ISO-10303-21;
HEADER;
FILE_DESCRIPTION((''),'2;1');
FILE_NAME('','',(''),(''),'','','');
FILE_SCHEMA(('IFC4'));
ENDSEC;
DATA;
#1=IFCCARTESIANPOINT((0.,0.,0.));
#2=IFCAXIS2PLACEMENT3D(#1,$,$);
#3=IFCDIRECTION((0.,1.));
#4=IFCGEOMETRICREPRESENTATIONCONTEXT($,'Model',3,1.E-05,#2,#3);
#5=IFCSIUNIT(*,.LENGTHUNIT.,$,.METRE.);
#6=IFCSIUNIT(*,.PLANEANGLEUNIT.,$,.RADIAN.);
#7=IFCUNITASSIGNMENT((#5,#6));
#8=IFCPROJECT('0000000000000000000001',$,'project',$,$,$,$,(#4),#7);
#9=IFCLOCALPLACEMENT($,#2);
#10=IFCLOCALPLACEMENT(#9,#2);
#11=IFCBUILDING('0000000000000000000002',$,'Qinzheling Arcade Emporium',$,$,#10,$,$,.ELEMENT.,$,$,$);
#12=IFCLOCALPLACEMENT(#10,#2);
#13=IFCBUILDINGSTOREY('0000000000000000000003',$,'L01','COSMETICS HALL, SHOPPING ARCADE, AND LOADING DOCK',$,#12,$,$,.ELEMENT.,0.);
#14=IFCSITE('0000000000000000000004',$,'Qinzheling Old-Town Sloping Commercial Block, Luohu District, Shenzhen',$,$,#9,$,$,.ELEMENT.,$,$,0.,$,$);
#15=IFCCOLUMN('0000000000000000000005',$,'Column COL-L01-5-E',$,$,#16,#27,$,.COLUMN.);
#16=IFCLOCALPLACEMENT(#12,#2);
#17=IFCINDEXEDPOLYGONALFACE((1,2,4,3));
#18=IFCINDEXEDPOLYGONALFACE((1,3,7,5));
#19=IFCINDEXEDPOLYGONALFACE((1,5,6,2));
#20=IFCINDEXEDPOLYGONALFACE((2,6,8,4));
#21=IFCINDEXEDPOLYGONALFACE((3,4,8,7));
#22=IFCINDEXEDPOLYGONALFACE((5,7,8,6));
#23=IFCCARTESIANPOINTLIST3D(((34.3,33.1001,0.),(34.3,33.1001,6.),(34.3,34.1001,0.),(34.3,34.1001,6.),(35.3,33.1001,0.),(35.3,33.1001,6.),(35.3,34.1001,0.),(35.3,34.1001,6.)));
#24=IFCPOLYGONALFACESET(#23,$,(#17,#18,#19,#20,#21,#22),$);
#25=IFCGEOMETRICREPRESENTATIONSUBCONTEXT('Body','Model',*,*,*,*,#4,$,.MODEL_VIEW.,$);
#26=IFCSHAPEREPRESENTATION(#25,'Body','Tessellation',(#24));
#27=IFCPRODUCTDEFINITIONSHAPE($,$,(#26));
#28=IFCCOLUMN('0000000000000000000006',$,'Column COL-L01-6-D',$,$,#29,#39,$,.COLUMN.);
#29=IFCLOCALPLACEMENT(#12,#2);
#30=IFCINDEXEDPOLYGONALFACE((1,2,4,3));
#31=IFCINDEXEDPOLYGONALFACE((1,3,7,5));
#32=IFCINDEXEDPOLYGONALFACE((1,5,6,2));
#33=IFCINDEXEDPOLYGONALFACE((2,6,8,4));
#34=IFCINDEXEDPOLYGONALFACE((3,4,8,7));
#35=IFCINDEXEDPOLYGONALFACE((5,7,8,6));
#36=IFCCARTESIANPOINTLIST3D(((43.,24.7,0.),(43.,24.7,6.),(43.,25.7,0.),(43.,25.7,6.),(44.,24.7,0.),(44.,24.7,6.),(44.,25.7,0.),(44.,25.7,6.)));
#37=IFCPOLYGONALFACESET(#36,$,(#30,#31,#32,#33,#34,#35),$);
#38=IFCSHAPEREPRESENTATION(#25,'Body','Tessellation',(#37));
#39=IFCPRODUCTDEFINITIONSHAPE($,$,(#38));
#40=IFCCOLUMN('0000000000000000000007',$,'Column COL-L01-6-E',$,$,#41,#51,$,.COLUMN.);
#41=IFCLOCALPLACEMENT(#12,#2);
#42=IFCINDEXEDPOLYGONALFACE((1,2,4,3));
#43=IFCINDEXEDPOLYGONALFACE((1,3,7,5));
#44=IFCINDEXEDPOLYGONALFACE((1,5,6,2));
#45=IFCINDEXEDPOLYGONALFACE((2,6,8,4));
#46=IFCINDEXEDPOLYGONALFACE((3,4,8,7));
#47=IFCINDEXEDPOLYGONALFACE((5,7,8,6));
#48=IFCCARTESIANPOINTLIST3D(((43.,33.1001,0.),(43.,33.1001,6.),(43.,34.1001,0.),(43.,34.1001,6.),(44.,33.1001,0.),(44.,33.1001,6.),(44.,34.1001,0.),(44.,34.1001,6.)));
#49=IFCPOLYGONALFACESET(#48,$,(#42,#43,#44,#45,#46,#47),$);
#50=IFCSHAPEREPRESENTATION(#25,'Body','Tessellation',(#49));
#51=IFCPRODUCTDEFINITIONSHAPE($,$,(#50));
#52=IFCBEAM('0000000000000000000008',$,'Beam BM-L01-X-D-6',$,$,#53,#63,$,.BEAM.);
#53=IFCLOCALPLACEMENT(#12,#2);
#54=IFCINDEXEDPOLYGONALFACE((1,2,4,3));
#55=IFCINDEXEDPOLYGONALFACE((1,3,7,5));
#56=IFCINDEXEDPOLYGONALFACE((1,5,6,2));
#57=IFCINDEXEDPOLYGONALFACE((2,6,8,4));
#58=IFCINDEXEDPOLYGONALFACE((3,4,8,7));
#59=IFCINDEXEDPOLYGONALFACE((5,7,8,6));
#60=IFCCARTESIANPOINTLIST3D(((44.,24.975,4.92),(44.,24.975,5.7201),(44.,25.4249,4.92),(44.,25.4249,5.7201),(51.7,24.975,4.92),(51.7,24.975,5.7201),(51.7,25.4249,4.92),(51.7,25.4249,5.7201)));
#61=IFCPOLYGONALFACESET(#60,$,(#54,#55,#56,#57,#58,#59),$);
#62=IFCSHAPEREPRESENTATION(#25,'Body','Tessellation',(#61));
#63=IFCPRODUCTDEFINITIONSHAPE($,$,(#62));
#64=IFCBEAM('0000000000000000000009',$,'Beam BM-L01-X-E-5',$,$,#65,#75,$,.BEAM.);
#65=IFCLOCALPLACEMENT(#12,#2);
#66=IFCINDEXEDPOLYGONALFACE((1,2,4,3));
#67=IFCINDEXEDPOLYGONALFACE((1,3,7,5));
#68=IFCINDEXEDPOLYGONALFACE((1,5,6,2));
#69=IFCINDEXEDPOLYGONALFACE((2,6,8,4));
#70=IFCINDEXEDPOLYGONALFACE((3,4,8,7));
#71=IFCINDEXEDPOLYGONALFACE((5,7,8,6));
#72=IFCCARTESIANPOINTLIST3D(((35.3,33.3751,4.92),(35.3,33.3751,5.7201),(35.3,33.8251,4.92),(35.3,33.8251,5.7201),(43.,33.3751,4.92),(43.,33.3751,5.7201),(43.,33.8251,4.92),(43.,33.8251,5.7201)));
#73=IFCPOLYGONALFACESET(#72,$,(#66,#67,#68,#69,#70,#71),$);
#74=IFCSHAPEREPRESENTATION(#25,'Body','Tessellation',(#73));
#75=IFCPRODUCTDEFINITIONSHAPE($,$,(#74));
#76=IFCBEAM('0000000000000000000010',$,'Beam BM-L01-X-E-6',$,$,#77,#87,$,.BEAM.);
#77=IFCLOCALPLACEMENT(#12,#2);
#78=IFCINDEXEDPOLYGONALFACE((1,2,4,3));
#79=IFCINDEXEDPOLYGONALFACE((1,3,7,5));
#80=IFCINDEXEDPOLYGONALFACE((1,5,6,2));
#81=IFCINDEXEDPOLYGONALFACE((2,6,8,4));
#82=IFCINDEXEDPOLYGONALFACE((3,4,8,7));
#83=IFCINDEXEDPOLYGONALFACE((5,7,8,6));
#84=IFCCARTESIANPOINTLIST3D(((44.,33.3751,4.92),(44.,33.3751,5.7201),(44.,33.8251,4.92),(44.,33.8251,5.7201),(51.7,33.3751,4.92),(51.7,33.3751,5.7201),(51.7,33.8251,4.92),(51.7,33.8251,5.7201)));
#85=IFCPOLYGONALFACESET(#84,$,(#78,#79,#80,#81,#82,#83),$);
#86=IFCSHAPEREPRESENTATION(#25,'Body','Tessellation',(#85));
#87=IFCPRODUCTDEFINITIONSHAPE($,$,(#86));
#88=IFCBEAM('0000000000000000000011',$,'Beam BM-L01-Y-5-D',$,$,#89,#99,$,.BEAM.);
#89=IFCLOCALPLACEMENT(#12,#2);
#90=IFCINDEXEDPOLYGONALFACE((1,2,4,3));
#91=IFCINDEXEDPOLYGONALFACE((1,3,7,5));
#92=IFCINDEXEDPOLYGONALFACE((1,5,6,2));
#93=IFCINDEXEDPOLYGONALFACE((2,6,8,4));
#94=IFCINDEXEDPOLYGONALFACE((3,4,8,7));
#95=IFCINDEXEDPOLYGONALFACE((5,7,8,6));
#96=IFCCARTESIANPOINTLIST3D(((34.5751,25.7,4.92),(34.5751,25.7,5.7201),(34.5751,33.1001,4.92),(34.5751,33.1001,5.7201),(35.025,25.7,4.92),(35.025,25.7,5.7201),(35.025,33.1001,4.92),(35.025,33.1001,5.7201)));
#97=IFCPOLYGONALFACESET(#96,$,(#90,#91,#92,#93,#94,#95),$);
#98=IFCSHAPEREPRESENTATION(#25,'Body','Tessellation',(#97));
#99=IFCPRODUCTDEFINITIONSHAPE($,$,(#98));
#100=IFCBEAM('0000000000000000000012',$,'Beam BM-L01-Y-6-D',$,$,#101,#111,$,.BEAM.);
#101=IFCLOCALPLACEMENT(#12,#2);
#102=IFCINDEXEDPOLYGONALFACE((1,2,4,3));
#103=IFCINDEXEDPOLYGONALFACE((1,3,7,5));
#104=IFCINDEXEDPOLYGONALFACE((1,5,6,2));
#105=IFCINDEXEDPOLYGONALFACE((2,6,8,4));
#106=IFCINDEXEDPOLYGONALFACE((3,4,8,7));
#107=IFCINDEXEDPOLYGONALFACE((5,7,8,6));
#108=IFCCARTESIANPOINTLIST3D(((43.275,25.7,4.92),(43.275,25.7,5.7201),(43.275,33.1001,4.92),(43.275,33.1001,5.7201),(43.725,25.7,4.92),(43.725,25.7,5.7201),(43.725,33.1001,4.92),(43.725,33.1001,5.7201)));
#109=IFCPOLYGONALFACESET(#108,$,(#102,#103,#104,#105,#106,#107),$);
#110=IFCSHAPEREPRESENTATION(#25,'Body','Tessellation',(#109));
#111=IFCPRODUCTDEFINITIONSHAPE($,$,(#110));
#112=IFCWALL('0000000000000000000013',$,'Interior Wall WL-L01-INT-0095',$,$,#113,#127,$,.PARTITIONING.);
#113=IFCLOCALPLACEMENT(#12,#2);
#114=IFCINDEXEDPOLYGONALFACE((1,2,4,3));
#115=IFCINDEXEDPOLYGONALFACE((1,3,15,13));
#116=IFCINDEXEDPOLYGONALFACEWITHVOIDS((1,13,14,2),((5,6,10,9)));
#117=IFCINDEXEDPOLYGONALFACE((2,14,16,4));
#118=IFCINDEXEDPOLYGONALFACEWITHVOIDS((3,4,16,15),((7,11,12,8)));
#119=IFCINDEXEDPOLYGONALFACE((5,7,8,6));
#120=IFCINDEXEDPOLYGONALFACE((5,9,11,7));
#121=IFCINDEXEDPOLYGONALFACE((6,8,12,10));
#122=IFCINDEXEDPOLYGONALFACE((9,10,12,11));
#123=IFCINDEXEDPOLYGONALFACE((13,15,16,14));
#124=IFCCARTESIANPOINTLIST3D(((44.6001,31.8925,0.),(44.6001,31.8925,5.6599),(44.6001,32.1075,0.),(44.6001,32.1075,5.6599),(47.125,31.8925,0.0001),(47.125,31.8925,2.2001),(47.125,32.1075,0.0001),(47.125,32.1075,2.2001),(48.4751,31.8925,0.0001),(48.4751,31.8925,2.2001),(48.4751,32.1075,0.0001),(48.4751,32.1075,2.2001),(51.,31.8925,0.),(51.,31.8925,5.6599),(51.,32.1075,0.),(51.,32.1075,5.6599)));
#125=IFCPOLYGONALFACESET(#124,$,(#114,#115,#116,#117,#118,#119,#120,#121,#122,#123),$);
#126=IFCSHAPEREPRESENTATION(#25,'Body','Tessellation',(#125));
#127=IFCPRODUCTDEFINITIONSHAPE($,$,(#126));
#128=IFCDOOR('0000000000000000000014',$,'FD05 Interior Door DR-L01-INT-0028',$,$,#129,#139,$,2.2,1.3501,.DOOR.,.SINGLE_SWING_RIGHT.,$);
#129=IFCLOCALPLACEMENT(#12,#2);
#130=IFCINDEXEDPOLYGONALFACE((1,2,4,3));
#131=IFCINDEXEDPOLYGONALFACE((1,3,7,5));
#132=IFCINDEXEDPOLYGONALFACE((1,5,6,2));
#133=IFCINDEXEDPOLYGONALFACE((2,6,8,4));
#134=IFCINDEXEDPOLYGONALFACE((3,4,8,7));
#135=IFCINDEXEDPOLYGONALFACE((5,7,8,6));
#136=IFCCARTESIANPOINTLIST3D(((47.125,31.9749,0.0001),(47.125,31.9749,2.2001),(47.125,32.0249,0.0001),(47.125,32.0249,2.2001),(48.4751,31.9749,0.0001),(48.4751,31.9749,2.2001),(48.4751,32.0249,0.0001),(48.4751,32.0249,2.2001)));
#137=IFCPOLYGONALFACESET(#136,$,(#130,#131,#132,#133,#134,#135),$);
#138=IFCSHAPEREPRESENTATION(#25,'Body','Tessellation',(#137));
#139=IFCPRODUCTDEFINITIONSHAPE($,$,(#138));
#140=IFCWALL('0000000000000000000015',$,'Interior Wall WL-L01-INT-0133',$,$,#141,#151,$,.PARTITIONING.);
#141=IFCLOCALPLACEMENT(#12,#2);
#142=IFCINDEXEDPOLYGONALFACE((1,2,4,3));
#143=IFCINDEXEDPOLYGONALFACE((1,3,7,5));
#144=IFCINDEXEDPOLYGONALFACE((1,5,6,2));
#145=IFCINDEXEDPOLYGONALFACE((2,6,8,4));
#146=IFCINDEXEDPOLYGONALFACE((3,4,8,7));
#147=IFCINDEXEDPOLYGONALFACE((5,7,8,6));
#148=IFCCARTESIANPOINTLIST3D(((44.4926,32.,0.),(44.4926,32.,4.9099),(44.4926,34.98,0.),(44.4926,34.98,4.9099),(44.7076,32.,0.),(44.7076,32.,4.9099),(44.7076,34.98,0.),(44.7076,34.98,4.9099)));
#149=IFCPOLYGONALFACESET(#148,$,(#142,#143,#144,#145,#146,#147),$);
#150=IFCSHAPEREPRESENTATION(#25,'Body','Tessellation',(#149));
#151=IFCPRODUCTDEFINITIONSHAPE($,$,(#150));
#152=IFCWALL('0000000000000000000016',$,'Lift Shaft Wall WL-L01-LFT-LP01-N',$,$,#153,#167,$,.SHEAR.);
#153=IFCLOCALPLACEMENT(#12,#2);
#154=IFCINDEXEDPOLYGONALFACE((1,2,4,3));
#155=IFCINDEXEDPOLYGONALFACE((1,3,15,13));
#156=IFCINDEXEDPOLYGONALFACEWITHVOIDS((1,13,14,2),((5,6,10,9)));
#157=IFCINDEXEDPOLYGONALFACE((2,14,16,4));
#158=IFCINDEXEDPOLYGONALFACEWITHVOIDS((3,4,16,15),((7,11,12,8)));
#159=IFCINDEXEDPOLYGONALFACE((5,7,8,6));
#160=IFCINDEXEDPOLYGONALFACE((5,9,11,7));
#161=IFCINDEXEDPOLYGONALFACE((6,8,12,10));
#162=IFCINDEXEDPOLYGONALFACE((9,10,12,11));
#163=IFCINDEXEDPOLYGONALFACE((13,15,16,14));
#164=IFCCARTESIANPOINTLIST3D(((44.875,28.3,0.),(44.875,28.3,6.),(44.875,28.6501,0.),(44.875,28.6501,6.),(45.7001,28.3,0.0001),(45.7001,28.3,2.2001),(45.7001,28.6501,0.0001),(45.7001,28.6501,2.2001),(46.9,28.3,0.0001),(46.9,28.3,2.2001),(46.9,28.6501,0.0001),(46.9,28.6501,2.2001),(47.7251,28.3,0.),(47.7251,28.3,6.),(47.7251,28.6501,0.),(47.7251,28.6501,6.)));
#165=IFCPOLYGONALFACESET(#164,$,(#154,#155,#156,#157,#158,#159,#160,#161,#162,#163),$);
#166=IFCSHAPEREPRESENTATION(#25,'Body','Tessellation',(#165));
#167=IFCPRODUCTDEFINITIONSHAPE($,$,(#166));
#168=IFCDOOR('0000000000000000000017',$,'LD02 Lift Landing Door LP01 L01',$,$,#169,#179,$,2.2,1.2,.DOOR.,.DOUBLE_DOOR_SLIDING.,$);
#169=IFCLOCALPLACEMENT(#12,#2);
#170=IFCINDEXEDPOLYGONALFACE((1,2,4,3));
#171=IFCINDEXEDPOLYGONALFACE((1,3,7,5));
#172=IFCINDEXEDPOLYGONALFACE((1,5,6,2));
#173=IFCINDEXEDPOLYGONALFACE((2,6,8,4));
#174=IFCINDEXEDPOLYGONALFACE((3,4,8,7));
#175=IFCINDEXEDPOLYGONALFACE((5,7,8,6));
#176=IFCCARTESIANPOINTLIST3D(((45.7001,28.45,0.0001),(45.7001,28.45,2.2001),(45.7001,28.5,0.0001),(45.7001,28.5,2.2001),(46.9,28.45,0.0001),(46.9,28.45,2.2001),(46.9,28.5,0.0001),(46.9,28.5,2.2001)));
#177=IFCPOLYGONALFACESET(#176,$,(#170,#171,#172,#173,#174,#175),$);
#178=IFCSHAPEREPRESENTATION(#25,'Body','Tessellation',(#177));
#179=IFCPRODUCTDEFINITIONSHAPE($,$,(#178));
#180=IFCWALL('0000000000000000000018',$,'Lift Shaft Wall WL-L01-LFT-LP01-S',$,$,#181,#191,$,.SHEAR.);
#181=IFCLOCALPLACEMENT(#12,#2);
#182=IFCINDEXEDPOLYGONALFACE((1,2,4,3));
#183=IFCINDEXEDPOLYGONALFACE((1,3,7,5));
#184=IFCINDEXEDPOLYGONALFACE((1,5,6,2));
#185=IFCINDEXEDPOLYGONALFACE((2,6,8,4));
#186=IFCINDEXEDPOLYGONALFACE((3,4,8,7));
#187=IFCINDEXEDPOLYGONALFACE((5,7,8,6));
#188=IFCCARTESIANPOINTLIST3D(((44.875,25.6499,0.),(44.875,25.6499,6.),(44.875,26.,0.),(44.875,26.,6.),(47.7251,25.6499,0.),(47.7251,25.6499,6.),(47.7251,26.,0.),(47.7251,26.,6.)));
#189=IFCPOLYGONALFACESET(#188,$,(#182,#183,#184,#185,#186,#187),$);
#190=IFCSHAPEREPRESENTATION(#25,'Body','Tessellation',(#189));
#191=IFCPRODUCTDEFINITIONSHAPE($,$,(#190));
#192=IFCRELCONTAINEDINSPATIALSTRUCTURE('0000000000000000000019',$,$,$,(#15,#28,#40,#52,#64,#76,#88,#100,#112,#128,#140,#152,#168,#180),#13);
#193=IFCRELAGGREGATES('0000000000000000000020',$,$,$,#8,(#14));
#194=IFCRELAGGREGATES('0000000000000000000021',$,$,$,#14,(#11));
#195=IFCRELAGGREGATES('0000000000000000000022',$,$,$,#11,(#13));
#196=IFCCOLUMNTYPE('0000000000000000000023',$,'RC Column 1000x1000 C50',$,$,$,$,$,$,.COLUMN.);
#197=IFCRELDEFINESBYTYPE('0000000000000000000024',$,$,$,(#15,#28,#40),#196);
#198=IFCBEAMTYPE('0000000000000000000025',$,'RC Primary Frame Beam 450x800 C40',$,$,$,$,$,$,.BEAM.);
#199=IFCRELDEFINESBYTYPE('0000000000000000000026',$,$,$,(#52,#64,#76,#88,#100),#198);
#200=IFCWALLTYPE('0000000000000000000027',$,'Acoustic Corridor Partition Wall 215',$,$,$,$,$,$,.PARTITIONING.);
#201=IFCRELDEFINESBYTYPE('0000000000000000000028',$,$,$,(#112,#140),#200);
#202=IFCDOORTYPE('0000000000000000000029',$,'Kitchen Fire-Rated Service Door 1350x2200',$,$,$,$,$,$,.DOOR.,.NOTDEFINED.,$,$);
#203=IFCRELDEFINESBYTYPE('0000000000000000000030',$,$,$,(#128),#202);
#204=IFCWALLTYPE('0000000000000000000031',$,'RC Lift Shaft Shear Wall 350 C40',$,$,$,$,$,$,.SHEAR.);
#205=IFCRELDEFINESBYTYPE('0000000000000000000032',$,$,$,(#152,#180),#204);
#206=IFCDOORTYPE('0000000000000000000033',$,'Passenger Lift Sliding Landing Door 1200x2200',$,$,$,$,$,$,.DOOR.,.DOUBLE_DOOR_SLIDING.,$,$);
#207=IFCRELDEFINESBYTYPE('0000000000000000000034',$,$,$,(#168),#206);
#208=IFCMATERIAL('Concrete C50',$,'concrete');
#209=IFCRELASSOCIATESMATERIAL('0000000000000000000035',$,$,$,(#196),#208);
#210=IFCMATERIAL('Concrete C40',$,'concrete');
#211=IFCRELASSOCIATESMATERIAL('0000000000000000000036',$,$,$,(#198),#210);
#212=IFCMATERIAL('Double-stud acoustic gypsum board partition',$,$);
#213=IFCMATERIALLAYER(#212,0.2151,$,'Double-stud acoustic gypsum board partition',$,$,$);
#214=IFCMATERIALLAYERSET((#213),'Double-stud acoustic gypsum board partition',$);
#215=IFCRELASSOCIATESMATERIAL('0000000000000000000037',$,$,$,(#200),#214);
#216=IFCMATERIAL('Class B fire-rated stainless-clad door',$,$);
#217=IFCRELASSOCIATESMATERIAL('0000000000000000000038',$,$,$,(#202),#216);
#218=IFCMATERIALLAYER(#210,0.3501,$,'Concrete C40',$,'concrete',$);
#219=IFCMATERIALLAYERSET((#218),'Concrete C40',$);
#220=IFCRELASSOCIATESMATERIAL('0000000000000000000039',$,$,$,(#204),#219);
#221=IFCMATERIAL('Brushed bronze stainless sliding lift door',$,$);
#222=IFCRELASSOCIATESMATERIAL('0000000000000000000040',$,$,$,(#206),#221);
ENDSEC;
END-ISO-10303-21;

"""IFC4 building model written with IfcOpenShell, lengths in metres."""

from ifc_helpers import new_model, si_unit, direction, frame, frame_2d, origin, origin_2d, place, context, subcontext, project, spatial, rectangle, extrude, material, layer, layer_set, material_profile, profile_set, type_object, element, fill, save


model = new_model("IFC4")

# Units and contexts
model_context = context("Model", 3, precision=1e-05, world=origin(), true_north=direction((0.0, 1.0)))
body_context = subcontext(model_context, "Body", "Model", "MODEL_VIEW")
ifc_project = project(units=[si_unit("LENGTHUNIT", "METRE"), si_unit("PLANEANGLEUNIT", "RADIAN")], contexts=[model_context])

# Site, building, storey
site_placement = place(None, origin())
site = spatial("IfcSite", under=ifc_project, at=site_placement, Name="Qinzheling Old-Town Sloping Commercial Block, Luohu District, Shenzhen", CompositionType="ELEMENT", RefElevation=0.0)
building_placement = place(site_placement, origin())
building = spatial("IfcBuilding", under=site, at=building_placement, Name="Qinzheling Arcade Emporium", CompositionType="ELEMENT")
storey_placement = place(building_placement, origin())
storey = spatial("IfcBuildingStorey", under=building, at=storey_placement, Name="L01", Description="COSMETICS HALL, SHOPPING ARCADE, AND LOADING DOCK", CompositionType="ELEMENT", Elevation=0.0)

# Columns
ifc_material_1 = material(Name="Concrete C50", Category="concrete")
ifc_material_profile_1 = material_profile(ifc_material_1, rectangle(XDim=1.0, YDim=1.0, at=origin_2d()), Name="RC 1000x1000", Category="concrete")
ifc_profile_set_1 = profile_set([ifc_material_profile_1], Name="Concrete C50")
column_type = type_object("IfcColumnType", Name="RC Column 1000x1000 C50", PredefinedType="COLUMN", material=ifc_profile_set_1)
for number, where, z_axis, x_axis, name in (
    (1, (34.8, 33.6001, 0.0), (0.0, 0.0, 1.0), (1.0, 0.0, 0.0), "Column COL-L01-5-E"),
    (2, (43.5, 25.2, 0.0), (0.0, 0.0, 1.0), (1.0, 0.0, 0.0), "Column COL-L01-6-D"),
    (3, (43.5, 33.6001, 0.0), (0.0, 0.0, 1.0), (1.0, 0.0, 0.0), "Column COL-L01-6-E"),
):
    element("IfcColumn", number, at=place(storey_placement, frame(where, z_axis=z_axis, x_axis=x_axis)), inside=storey, type_object=column_type, Name=name, PredefinedType="COLUMN", context=body_context, shape_type="SweptSolid", body=[
        extrude(rectangle(XDim=1.0, YDim=1.0, at=origin_2d()), origin(), (0.0, 0.0, 1.0), 6.0),
    ])

# Beams
ifc_material_2 = material(Name="Concrete C40", Category="concrete")
ifc_material_profile_2 = material_profile(ifc_material_2, rectangle(XDim=0.45, YDim=0.8, at=origin_2d()), Name="RC 450x800", Category="concrete")
ifc_profile_set_2 = profile_set([ifc_material_profile_2], Name="Concrete C40")
beam_type = type_object("IfcBeamType", Name="RC Primary Frame Beam 450x800 C40", PredefinedType="BEAM", material=ifc_profile_set_2)
for number, where, z_axis, x_axis, name in (
    (4, (44.0, 25.2, 5.3201), (1.0, 0.0, 0.0), (0.0, 1.0, 0.0), "Beam BM-L01-X-D-6"),
    (5, (35.3, 33.6001, 5.3201), (1.0, 0.0, 0.0), (0.0, 1.0, 0.0), "Beam BM-L01-X-E-5"),
    (6, (44.0, 33.6001, 5.3201), (1.0, 0.0, 0.0), (0.0, 1.0, 0.0), "Beam BM-L01-X-E-6"),
):
    element("IfcBeam", number, at=place(storey_placement, frame(where, z_axis=z_axis, x_axis=x_axis)), inside=storey, type_object=beam_type, Name=name, PredefinedType="BEAM", context=body_context, shape_type="SweptSolid", body=[
        extrude(rectangle(XDim=0.45, YDim=0.8, at=origin_2d()), origin(), (0.0, 0.0, 1.0), 7.7),
    ])
for number, where, z_axis, x_axis, name in (
    (7, (34.8, 25.7, 5.3201), (0.0, 1.0, 0.0), (-1.0, 0.0, 0.0), "Beam BM-L01-Y-5-D"),
    (8, (43.5, 25.7, 5.3201), (0.0, 1.0, 0.0), (-1.0, 0.0, 0.0), "Beam BM-L01-Y-6-D"),
):
    element("IfcBeam", number, at=place(storey_placement, frame(where, z_axis=z_axis, x_axis=x_axis)), inside=storey, type_object=beam_type, Name=name, PredefinedType="BEAM", context=body_context, shape_type="SweptSolid", body=[
        extrude(rectangle(XDim=0.45, YDim=0.8, at=origin_2d()), origin(), (0.0, 0.0, 1.0), 7.4001),
    ])

# Wall, opening, door
ifc_material_3 = material(Name="Double-stud acoustic gypsum board partition")
ifc_layer_1 = layer(ifc_material_3, 0.2151, Name="Double-stud acoustic gypsum board partition")
ifc_layer_set_1 = layer_set([ifc_layer_1], Name="Double-stud acoustic gypsum board partition")
wall_type_1 = type_object("IfcWallType", Name="Acoustic Corridor Partition Wall 215", PredefinedType="PARTITIONING", material=ifc_layer_set_1)
wall_1_placement = place(storey_placement, frame((44.6001, 32.0, 0.0), z_axis=(0.0, 0.0, 1.0), x_axis=(1.0, 0.0, 0.0)))
wall_1 = element("IfcWall", 9, at=wall_1_placement, inside=storey, type_object=wall_type_1, Name="Interior Wall WL-L01-INT-0095", PredefinedType="PARTITIONING", context=body_context, shape_type="SweptSolid", body=[
    extrude(rectangle(XDim=6.3999, YDim=0.2151, at=frame_2d((3.2, 0.0))), origin(), (0.0, 0.0, 1.0), 5.6599),
])
opening_1_placement = place(wall_1_placement, frame((2.5249, 0.0, 0.0)))
opening_1 = element("IfcOpeningElement", 10, at=opening_1_placement, cuts=wall_1, PredefinedType="OPENING", context=body_context, shape_type="SweptSolid", body=[
    extrude(rectangle(XDim=1.3501, YDim=2.2, at=frame_2d((0.675, 1.1001))), frame((0.0, 0.1177, 0.0), z_axis=(0.0, -1.0, 0.0), x_axis=(1.0, 0.0, 0.0)), (0.0, 0.0, 1.0), 0.2351),
])
ifc_material_4 = material(Name="Class B fire-rated stainless-clad door")
door_type_1 = type_object("IfcDoorType", Name="Kitchen Fire-Rated Service Door 1350x2200", OperationType="NOTDEFINED", PredefinedType="DOOR", material=ifc_material_4)
door_1_placement = place(opening_1_placement, origin())
door_1 = element("IfcDoor", 11, at=door_1_placement, inside=storey, type_object=door_type_1, Name="FD05 Interior Door DR-L01-INT-0028", OperationType="SINGLE_SWING_RIGHT", OverallHeight=2.2, OverallWidth=1.3501, PredefinedType="DOOR", context=body_context, shape_type="SweptSolid", body=[
    extrude(rectangle(XDim=1.3501, YDim=2.2, at=frame_2d((0.675, 1.1001))), frame((0.0, 0.0249, 0.0), z_axis=(0.0, -1.0, 0.0), x_axis=(1.0, 0.0, 0.0)), (0.0, 0.0, 1.0), 0.05),
])
fill(opening_1, door_1)

# Wall
wall_2_placement = place(storey_placement, frame((44.6001, 32.0, 0.0), z_axis=(0.0, 0.0, 1.0), x_axis=(0.0, 1.0, 0.0)))
element("IfcWall", 12, at=wall_2_placement, inside=storey, type_object=wall_type_1, Name="Interior Wall WL-L01-INT-0133", PredefinedType="PARTITIONING", context=body_context, shape_type="SweptSolid", body=[
    extrude(rectangle(XDim=2.98, YDim=0.2151, at=frame_2d((1.49, 0.0))), origin(), (0.0, 0.0, 1.0), 4.9099),
])

# Wall, opening, door
ifc_layer_2 = layer(ifc_material_2, 0.3501, Name="Concrete C40", Category="concrete")
ifc_layer_set_2 = layer_set([ifc_layer_2], Name="Concrete C40")
wall_type_2 = type_object("IfcWallType", Name="RC Lift Shaft Shear Wall 350 C40", PredefinedType="SHEAR", material=ifc_layer_set_2)
wall_3_placement = place(storey_placement, frame((44.875, 28.4751, 0.0), z_axis=(0.0, 0.0, 1.0), x_axis=(1.0, 0.0, 0.0)))
wall_3 = element("IfcWall", 13, at=wall_3_placement, inside=storey, type_object=wall_type_2, Name="Lift Shaft Wall WL-L01-LFT-LP01-N", PredefinedType="SHEAR", context=body_context, shape_type="SweptSolid", body=[
    extrude(rectangle(XDim=2.8501, YDim=0.3501, at=frame_2d((1.425, 0.0))), origin(), (0.0, 0.0, 1.0), 6.0),
])
opening_2_placement = place(wall_3_placement, frame((0.825, 0.0, 0.0)))
opening_2 = element("IfcOpeningElement", 14, at=opening_2_placement, cuts=wall_3, PredefinedType="OPENING", context=body_context, shape_type="SweptSolid", body=[
    extrude(rectangle(XDim=1.2, YDim=2.2, at=frame_2d((0.6001, 1.1001))), frame((0.0, 0.1851, 0.0), z_axis=(0.0, -1.0, 0.0), x_axis=(1.0, 0.0, 0.0)), (0.0, 0.0, 1.0), 0.3701),
])
ifc_material_5 = material(Name="Brushed bronze stainless sliding lift door")
door_type_2 = type_object("IfcDoorType", Name="Passenger Lift Sliding Landing Door 1200x2200", OperationType="DOUBLE_DOOR_SLIDING", PredefinedType="DOOR", material=ifc_material_5)
door_2_placement = place(opening_2_placement, origin())
door_2 = element("IfcDoor", 15, at=door_2_placement, inside=storey, type_object=door_type_2, Name="LD02 Lift Landing Door LP01 L01", OperationType="DOUBLE_DOOR_SLIDING", OverallHeight=2.2, OverallWidth=1.2, PredefinedType="DOOR", context=body_context, shape_type="SweptSolid", body=[
    extrude(rectangle(XDim=1.2, YDim=2.2, at=frame_2d((0.6001, 1.1001))), frame((0.0, 0.0249, 0.0), z_axis=(0.0, -1.0, 0.0), x_axis=(1.0, 0.0, 0.0)), (0.0, 0.0, 1.0), 0.05),
])
fill(opening_2, door_2)

# Wall
wall_4_placement = place(storey_placement, frame((47.7251, 25.825, 0.0), z_axis=(0.0, 0.0, 1.0), x_axis=(-1.0, 0.0, 0.0)))
element("IfcWall", 16, at=wall_4_placement, inside=storey, type_object=wall_type_2, Name="Lift Shaft Wall WL-L01-LFT-LP01-S", PredefinedType="SHEAR", context=body_context, shape_type="SweptSolid", body=[
    extrude(rectangle(XDim=2.8501, YDim=0.3501, at=frame_2d((1.425, 0.0))), origin(), (0.0, 0.0, 1.0), 6.0),
])

save(model, "model.ifc")
